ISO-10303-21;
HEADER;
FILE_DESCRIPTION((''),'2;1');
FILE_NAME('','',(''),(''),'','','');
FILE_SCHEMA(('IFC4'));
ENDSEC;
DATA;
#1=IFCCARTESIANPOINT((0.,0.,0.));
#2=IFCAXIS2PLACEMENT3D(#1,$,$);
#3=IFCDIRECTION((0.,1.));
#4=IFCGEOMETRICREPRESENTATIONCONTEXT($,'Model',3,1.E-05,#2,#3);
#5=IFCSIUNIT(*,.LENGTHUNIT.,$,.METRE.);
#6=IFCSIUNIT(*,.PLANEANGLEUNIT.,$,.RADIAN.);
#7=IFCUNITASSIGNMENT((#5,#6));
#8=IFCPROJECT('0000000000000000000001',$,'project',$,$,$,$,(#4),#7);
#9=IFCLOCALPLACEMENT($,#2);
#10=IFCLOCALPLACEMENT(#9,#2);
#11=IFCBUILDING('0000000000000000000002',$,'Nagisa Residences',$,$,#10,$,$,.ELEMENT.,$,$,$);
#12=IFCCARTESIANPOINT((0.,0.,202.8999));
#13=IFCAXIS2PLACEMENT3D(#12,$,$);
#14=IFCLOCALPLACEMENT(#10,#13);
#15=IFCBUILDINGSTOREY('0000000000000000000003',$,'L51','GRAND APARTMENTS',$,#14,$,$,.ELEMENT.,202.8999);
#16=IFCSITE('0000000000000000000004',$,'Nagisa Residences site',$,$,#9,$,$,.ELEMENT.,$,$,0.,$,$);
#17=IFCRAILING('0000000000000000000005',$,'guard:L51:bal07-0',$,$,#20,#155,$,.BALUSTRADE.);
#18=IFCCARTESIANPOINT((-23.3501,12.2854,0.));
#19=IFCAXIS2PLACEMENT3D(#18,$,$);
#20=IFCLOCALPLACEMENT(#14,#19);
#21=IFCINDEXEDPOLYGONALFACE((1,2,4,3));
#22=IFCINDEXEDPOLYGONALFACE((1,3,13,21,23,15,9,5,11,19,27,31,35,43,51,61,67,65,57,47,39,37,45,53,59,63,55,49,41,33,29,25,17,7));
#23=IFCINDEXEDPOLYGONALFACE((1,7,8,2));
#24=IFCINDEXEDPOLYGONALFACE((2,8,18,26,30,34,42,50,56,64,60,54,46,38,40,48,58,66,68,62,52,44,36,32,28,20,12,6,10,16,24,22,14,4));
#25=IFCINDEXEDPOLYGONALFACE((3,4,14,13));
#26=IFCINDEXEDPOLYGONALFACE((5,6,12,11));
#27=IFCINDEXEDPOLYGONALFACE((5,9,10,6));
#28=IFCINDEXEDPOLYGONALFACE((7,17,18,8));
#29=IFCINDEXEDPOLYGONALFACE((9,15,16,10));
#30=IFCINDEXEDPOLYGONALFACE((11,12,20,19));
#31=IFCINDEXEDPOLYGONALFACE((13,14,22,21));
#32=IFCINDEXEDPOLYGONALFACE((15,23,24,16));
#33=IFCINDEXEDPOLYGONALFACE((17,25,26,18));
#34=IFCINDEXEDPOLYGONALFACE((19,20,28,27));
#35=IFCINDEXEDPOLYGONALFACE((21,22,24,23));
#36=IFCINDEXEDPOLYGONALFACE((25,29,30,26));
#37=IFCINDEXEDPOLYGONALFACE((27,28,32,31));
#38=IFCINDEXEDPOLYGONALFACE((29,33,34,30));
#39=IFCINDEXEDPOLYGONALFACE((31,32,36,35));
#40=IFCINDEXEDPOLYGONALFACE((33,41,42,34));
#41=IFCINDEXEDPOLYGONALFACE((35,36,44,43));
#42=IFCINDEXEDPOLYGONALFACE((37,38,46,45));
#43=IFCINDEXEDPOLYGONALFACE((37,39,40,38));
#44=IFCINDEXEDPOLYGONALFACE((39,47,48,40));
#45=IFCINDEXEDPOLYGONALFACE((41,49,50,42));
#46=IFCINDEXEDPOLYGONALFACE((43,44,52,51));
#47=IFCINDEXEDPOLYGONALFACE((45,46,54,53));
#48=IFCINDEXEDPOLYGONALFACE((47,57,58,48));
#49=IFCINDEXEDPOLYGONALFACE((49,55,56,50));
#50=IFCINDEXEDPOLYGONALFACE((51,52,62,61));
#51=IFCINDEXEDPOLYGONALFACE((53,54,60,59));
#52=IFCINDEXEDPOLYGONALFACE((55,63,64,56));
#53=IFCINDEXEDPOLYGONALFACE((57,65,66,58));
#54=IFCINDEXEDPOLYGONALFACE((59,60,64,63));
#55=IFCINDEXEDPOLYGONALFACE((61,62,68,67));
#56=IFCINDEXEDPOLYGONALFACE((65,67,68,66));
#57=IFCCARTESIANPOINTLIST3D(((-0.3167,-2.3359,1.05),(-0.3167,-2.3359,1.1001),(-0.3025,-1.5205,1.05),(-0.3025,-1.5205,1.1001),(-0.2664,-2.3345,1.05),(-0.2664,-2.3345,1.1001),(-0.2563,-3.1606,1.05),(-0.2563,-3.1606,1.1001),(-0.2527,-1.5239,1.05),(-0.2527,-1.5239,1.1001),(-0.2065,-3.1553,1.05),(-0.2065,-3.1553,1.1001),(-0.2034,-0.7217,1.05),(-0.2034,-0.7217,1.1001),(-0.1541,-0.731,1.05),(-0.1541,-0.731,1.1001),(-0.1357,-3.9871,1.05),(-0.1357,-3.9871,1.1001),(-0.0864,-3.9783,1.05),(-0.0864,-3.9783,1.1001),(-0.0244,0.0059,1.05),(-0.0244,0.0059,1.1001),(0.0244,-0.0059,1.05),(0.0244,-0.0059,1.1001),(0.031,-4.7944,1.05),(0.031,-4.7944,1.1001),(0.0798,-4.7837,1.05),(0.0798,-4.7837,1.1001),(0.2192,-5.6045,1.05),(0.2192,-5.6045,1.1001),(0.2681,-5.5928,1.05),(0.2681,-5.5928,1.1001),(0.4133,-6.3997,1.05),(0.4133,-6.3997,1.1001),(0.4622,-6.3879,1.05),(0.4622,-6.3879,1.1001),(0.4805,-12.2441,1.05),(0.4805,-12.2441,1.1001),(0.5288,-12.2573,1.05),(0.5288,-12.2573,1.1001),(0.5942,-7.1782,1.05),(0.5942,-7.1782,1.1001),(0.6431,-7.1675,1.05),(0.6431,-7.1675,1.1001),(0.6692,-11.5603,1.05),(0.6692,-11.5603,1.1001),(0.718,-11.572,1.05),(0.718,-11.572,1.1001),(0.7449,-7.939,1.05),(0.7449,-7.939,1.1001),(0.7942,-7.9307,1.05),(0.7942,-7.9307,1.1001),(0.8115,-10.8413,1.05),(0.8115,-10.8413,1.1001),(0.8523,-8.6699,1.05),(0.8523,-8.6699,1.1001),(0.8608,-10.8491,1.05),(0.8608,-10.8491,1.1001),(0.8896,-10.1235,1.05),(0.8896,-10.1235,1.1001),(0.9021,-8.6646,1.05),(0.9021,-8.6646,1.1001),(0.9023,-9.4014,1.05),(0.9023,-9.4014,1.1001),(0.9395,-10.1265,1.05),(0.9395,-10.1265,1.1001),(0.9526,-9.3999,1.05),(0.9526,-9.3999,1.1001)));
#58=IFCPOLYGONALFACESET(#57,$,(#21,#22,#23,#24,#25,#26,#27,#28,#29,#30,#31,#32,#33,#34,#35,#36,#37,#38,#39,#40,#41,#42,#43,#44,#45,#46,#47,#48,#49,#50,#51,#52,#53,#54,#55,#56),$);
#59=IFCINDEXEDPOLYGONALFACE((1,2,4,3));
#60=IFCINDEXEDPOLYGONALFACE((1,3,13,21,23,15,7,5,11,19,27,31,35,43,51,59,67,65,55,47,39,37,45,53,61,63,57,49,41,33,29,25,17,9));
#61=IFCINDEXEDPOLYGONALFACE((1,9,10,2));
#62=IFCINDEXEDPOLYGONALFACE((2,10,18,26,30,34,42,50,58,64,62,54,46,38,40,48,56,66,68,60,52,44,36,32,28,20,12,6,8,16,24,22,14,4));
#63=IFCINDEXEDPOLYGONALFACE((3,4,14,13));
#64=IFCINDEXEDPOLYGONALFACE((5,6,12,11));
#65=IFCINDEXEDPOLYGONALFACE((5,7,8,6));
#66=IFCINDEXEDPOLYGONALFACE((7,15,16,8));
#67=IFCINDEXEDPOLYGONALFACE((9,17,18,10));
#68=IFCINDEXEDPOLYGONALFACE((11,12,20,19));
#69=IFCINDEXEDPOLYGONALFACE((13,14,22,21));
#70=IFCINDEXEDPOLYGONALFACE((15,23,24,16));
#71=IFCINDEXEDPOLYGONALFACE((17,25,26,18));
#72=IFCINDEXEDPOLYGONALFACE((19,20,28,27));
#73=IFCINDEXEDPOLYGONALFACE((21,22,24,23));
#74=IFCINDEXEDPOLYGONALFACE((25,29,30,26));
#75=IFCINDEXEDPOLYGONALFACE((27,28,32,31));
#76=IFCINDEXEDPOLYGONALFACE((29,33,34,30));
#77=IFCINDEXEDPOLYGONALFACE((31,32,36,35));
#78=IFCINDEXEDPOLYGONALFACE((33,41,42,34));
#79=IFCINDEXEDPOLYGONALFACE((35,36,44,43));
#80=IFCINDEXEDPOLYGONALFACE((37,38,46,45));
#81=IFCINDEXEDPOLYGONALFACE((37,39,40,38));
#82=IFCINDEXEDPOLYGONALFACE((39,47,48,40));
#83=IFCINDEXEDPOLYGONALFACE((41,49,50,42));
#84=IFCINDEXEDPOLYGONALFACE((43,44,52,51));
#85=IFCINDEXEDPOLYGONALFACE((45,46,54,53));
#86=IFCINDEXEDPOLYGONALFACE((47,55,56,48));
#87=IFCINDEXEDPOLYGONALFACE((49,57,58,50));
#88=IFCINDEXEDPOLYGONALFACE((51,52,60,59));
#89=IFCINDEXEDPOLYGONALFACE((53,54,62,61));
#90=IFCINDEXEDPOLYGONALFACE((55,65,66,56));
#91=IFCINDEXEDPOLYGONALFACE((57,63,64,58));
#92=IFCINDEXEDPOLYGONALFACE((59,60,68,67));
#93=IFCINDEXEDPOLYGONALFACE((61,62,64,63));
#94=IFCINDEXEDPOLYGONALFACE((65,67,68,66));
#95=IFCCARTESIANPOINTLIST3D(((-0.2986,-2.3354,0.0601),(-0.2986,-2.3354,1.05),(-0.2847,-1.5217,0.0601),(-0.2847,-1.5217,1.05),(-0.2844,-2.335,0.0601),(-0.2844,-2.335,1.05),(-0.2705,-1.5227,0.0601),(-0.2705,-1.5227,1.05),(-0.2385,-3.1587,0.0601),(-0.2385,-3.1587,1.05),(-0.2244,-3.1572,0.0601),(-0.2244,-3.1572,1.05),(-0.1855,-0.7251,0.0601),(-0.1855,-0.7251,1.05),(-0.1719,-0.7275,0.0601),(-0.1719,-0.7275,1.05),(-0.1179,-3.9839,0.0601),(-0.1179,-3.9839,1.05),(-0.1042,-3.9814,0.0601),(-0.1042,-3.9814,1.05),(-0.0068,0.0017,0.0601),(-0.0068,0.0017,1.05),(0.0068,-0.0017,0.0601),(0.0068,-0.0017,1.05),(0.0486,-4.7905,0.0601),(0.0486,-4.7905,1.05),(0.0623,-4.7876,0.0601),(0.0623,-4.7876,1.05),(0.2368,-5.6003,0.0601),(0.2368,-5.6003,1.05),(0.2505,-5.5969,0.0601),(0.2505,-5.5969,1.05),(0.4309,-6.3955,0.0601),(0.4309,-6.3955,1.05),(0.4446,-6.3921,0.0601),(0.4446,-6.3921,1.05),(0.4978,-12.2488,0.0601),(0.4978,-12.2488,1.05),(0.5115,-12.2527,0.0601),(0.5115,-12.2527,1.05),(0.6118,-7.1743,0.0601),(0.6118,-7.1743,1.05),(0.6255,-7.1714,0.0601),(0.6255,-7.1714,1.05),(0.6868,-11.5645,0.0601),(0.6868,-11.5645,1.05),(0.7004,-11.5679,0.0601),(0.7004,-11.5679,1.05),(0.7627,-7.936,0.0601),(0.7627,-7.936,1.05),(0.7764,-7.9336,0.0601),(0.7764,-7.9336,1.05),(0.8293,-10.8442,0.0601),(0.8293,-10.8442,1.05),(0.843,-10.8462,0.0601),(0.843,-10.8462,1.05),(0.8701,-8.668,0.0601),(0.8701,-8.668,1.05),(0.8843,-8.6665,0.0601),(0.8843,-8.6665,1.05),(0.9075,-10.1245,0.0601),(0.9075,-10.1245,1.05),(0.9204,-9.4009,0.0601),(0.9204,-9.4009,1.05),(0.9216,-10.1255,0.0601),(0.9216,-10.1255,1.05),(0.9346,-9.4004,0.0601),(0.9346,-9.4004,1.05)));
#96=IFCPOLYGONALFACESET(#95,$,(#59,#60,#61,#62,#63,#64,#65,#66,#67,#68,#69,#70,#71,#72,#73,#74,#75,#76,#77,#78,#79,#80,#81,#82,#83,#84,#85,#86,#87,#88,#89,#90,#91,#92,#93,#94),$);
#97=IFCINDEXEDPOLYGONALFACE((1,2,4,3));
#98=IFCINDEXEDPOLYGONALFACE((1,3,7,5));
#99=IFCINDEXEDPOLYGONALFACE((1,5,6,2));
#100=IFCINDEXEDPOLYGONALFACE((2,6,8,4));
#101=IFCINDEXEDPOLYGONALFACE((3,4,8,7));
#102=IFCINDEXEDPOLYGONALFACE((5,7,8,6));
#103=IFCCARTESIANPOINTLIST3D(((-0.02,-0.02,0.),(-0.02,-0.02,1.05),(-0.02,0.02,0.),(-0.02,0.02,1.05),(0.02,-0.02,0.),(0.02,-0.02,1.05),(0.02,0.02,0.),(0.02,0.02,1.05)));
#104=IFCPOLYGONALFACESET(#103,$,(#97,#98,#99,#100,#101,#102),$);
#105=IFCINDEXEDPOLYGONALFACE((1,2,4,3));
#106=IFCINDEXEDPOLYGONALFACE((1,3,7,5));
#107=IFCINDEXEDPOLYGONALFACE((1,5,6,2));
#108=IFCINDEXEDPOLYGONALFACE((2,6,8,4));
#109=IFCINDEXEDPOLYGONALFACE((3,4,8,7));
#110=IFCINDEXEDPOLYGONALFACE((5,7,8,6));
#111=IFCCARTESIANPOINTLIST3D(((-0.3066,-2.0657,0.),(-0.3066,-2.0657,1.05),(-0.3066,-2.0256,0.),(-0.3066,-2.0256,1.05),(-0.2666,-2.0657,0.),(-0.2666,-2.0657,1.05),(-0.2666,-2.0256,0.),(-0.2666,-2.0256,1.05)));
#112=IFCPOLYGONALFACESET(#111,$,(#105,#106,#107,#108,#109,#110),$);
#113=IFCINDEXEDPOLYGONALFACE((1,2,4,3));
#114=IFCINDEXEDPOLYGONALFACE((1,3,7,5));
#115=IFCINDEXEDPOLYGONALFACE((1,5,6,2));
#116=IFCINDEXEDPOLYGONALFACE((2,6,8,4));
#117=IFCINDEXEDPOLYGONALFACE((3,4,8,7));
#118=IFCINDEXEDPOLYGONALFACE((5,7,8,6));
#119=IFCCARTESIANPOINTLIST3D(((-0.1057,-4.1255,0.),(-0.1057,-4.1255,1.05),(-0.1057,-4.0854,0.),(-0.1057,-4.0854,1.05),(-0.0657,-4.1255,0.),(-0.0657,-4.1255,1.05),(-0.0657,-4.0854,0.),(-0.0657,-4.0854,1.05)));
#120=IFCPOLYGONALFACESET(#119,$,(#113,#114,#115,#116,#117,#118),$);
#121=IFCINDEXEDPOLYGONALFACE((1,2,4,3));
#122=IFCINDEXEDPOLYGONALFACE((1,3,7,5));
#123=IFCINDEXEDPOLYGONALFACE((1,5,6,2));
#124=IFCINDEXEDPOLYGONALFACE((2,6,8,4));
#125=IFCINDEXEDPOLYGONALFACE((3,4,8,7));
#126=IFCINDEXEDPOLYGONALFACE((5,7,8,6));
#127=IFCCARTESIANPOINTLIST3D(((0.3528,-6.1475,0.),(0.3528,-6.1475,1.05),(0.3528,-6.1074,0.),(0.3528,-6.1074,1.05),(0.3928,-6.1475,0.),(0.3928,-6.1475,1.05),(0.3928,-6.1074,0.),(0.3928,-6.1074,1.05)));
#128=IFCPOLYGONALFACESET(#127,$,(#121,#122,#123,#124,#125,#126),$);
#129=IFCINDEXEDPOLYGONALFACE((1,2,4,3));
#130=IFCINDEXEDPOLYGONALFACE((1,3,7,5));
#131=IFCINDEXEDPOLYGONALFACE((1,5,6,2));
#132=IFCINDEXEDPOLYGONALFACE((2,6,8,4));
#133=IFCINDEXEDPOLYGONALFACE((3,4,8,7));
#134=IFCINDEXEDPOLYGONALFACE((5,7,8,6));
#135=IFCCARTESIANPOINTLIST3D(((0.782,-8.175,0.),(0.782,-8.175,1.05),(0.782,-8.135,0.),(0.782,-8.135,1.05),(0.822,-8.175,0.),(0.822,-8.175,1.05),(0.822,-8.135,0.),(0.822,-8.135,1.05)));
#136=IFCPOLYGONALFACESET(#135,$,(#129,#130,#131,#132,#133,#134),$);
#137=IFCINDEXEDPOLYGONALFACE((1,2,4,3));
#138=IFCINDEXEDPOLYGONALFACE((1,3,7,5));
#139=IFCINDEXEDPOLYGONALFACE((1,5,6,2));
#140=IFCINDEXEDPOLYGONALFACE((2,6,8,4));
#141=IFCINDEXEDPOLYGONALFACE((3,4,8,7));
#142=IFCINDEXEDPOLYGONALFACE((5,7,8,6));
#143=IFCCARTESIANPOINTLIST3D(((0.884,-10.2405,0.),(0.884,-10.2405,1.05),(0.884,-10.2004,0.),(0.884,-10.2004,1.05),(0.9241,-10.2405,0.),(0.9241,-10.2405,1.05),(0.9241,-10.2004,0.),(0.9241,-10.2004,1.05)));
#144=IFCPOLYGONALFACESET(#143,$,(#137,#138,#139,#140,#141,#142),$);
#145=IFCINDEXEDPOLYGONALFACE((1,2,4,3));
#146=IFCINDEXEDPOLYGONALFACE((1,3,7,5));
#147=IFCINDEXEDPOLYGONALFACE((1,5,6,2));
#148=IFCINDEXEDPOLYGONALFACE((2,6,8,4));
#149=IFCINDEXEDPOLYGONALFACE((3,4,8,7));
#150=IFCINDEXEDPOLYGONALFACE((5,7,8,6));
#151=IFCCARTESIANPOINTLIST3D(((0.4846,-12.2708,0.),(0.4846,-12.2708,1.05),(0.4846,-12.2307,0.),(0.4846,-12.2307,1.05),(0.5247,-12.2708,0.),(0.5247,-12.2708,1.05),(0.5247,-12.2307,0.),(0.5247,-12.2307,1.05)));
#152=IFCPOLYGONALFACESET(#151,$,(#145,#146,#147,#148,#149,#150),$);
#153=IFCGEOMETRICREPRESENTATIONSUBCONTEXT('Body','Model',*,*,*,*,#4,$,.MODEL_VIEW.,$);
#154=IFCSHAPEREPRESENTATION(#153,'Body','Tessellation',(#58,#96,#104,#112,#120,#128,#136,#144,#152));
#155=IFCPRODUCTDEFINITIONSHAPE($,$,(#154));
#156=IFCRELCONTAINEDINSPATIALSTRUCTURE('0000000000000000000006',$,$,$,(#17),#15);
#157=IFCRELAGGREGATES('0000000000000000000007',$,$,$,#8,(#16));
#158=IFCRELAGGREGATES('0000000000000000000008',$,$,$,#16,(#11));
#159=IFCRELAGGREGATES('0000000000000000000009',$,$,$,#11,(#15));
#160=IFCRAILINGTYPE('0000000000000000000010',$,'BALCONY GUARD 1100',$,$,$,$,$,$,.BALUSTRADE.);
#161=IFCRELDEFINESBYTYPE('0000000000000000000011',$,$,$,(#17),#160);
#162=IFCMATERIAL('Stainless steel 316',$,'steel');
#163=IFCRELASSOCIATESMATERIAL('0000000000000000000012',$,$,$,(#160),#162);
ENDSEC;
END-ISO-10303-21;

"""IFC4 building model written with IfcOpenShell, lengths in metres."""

from ifc_helpers import new_model, si_unit, direction, frame, origin, origin_2d, place, context, subcontext, project, spatial, polyline, rectangle, outline, extrude, material, type_object, element, save


model = new_model("IFC4")

# Units and contexts
model_context = context("Model", 3, precision=1e-05, world=origin(), true_north=direction((0.0, 1.0)))
body_context = subcontext(model_context, "Body", "Model", "MODEL_VIEW")
ifc_project = project(units=[si_unit("LENGTHUNIT", "METRE"), si_unit("PLANEANGLEUNIT", "RADIAN")], contexts=[model_context])

# Site, building, storey
site_placement = place(None, origin())
site = spatial("IfcSite", under=ifc_project, at=site_placement, Name="Nagisa Residences site", CompositionType="ELEMENT", RefElevation=0.0)
building_placement = place(site_placement, origin())
building = spatial("IfcBuilding", under=site, at=building_placement, Name="Nagisa Residences", CompositionType="ELEMENT")
storey_placement = place(building_placement, frame((0.0, 0.0, 202.8999)))
storey = spatial("IfcBuildingStorey", under=building, at=storey_placement, Name="L51", Description="GRAND APARTMENTS", CompositionType="ELEMENT", Elevation=202.8999)

# Railing
ifc_material_1 = material(Name="Stainless steel 316", Category="steel")
railing_type = type_object("IfcRailingType", Name="BALCONY GUARD 1100", PredefinedType="BALUSTRADE", material=ifc_material_1)
railing_1_placement = place(storey_placement, frame((-23.3501, 12.2854, 0.0)))
element("IfcRailing", 1, at=railing_1_placement, inside=storey, type_object=railing_type, Name="guard:L51:bal07-0", PredefinedType="BALUSTRADE", context=body_context, shape_type="SweptSolid", body=[
    extrude(outline(polyline([(-0.1541, -0.731), (0.0244, -0.0059), (-0.0244, 0.0059), (-0.2034, -0.7217), (-0.3025, -1.5205), (-0.3167, -2.3359), (-0.2563, -3.1606), (-0.1357, -3.9871), (0.031, -4.7944), (0.2192, -5.6045), (0.4133, -6.3997), (0.5942, -7.1782), (0.7449, -7.939), (0.8523, -8.6699), (0.9023, -9.4014), (0.8896, -10.1235), (0.8115, -10.8413), (0.6692, -11.5603), (0.4805, -12.2441), (0.5288, -12.2573), (0.718, -11.572), (0.8608, -10.8491), (0.9395, -10.1265), (0.9526, -9.3999), (0.9021, -8.6646), (0.7942, -7.9307), (0.6431, -7.1675), (0.4622, -6.3879), (0.2681, -5.5928), (0.0798, -4.7837), (-0.0864, -3.9783), (-0.2065, -3.1553), (-0.2664, -2.3345), (-0.2527, -1.5239), (-0.1541, -0.731)])), frame((0.0, 0.0, 1.05)), (0.0, 0.0, 1.0), 0.05),
    extrude(outline(polyline([(-0.1719, -0.7275), (0.0068, -0.0017), (-0.0068, 0.0017), (-0.1855, -0.7251), (-0.2847, -1.5217), (-0.2986, -2.3354), (-0.2385, -3.1587), (-0.1179, -3.9839), (0.0486, -4.7905), (0.2368, -5.6003), (0.4309, -6.3955), (0.6118, -7.1743), (0.7627, -7.936), (0.8701, -8.668), (0.9204, -9.4009), (0.9075, -10.1245), (0.8293, -10.8442), (0.6868, -11.5645), (0.4978, -12.2488), (0.5115, -12.2527), (0.7004, -11.5679), (0.843, -10.8462), (0.9216, -10.1255), (0.9346, -9.4004), (0.8843, -8.6665), (0.7764, -7.9336), (0.6255, -7.1714), (0.4446, -6.3921), (0.2505, -5.5969), (0.0623, -4.7876), (-0.1042, -3.9814), (-0.2244, -3.1572), (-0.2844, -2.335), (-0.2705, -1.5227), (-0.1719, -0.7275)])), frame((0.0, 0.0, 0.0601)), (0.0, 0.0, 1.0), 0.99),
    extrude(rectangle(XDim=0.04, YDim=0.04, at=origin_2d()), origin(), (0.0, 0.0, 1.0), 1.05),
    extrude(rectangle(XDim=0.04, YDim=0.04, at=origin_2d()), frame((-0.2866, -2.0457, 0.0)), (0.0, 0.0, 1.0), 1.05),
    extrude(rectangle(XDim=0.04, YDim=0.04, at=origin_2d()), frame((-0.0857, -4.1055, 0.0)), (0.0, 0.0, 1.0), 1.05),
    extrude(rectangle(XDim=0.04, YDim=0.04, at=origin_2d()), frame((0.3728, -6.1274, 0.0)), (0.0, 0.0, 1.0), 1.05),
    extrude(rectangle(XDim=0.04, YDim=0.04, at=origin_2d()), frame((0.802, -8.155, 0.0)), (0.0, 0.0, 1.0), 1.05),
    extrude(rectangle(XDim=0.04, YDim=0.04, at=origin_2d()), frame((0.9041, -10.2205, 0.0)), (0.0, 0.0, 1.0), 1.05),
    extrude(rectangle(XDim=0.04, YDim=0.04, at=origin_2d()), frame((0.5046, -12.2507, 0.0)), (0.0, 0.0, 1.0), 1.05),
])

save(model, "model.ifc")
